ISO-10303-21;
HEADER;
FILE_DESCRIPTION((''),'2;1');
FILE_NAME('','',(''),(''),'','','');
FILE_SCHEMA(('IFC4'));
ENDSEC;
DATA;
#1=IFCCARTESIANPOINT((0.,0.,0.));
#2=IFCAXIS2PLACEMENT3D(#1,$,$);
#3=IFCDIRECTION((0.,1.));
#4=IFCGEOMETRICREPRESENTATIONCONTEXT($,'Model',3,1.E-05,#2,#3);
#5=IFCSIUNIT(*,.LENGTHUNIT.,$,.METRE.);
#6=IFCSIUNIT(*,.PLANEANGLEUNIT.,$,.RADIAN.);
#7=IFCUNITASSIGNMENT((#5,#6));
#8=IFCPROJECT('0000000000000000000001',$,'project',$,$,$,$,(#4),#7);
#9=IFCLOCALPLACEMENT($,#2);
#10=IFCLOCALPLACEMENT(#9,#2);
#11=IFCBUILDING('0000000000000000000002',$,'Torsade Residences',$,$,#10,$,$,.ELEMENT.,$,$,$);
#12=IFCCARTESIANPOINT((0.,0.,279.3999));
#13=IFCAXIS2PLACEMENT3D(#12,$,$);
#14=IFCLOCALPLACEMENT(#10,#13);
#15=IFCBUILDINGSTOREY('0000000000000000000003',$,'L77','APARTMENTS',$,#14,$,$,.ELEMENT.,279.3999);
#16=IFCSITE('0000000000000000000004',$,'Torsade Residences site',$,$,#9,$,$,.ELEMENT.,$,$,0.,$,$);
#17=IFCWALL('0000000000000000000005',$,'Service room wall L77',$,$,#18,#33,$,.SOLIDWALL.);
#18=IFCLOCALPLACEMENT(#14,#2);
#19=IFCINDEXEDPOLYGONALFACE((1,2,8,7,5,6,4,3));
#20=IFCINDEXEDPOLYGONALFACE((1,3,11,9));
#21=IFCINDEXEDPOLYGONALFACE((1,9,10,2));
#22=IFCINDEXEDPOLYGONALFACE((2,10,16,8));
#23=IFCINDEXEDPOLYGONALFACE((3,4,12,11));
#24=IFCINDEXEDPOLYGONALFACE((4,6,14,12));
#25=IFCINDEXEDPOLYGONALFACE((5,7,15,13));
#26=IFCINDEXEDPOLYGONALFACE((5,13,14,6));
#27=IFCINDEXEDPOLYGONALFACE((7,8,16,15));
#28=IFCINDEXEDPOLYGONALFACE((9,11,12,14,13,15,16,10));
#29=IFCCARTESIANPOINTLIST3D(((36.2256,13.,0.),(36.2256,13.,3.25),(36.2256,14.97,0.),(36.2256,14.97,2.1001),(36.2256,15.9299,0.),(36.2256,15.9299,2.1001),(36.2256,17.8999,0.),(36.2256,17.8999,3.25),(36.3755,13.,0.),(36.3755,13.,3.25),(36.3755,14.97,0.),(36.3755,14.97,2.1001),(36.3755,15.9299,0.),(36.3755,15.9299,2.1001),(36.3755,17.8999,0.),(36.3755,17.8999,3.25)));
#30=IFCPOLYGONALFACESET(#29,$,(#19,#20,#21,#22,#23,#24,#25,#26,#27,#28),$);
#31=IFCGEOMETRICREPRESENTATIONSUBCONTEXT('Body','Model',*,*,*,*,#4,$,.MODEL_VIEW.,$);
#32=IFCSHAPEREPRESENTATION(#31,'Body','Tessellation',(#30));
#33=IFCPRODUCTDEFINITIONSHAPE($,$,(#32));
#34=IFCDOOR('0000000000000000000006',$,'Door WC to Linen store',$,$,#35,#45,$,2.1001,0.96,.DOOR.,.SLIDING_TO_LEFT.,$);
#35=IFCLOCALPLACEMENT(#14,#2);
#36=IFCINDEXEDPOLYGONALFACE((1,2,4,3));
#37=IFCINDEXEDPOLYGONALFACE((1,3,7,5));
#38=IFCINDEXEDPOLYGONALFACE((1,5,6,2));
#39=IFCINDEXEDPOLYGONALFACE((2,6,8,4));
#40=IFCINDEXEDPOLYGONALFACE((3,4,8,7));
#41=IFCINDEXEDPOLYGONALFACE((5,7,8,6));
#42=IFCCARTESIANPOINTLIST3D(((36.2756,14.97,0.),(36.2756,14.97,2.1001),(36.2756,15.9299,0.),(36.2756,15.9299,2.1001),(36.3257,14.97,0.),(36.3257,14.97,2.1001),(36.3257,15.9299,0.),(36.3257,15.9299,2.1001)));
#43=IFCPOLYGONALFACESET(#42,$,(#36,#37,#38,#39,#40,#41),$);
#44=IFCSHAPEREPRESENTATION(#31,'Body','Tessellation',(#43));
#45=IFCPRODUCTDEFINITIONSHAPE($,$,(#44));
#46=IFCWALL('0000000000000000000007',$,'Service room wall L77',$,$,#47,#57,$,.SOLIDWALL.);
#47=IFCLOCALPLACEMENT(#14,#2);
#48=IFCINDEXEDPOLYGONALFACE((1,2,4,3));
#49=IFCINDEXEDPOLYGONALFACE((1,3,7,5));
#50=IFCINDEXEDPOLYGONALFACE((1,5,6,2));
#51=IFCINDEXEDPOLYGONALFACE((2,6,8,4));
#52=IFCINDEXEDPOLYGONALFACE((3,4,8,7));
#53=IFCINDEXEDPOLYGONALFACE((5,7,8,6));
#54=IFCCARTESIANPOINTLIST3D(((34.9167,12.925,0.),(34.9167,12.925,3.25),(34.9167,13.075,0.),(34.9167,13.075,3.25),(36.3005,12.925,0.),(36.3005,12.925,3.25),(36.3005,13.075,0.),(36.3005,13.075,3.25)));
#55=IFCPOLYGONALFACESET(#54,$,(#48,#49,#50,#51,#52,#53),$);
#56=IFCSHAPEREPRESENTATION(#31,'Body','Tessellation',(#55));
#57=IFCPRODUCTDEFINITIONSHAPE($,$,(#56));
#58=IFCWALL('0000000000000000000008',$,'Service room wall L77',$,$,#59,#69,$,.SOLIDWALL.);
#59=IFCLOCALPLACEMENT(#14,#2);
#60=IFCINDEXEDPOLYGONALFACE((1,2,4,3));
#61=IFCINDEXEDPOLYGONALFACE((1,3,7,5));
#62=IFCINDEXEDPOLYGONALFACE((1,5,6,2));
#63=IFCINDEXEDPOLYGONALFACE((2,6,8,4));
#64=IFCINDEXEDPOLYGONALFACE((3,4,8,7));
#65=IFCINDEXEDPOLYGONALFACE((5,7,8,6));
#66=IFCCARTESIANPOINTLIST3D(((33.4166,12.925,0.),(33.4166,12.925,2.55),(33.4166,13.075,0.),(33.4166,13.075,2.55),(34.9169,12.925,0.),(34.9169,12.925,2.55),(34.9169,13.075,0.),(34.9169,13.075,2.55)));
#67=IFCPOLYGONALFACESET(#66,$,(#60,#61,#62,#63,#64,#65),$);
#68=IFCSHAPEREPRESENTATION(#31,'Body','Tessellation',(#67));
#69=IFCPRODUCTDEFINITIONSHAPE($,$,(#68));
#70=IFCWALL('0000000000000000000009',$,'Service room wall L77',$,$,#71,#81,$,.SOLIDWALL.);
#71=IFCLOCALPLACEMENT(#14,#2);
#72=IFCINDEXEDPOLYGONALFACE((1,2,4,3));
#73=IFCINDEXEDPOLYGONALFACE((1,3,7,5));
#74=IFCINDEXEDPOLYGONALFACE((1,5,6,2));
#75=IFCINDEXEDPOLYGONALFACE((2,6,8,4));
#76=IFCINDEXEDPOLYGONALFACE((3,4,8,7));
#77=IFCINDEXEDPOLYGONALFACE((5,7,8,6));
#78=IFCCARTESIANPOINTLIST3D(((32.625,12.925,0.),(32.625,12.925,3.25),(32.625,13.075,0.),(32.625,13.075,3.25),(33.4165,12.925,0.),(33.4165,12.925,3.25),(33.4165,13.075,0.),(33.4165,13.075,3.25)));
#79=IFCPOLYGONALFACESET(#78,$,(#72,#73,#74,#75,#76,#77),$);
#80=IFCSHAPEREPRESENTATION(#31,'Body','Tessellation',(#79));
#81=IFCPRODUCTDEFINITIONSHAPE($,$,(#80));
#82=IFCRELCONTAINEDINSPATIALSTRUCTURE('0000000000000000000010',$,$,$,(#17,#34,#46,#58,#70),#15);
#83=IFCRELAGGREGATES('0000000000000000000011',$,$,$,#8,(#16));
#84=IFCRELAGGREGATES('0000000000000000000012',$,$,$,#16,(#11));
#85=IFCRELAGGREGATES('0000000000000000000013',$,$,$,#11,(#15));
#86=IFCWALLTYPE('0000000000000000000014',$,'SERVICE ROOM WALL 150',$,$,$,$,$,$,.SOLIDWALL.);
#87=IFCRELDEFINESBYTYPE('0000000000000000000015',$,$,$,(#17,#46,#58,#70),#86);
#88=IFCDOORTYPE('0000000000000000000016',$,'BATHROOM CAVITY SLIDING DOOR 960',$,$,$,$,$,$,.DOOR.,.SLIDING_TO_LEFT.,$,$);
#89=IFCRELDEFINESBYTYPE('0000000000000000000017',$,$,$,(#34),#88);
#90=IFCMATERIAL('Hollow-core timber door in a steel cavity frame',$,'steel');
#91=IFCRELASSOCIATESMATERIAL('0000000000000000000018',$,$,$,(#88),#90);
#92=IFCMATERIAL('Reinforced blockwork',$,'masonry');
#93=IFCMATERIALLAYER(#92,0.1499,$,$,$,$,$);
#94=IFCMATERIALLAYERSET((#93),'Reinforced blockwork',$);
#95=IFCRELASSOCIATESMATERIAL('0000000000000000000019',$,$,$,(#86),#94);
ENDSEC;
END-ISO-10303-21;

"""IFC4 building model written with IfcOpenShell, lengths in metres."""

from ifc_helpers import new_model, si_unit, direction, frame, frame_2d, origin, place, context, subcontext, project, spatial, rectangle, extrude, material, layer, layer_set, type_object, element, fill, save


model = new_model("IFC4")

# Units and contexts
model_context = context("Model", 3, precision=1e-05, world=origin(), true_north=direction((0.0, 1.0)))
body_context = subcontext(model_context, "Body", "Model", "MODEL_VIEW")
ifc_project = project(units=[si_unit("LENGTHUNIT", "METRE"), si_unit("PLANEANGLEUNIT", "RADIAN")], contexts=[model_context])

# Site, building, storey
site_placement = place(None, origin())
site = spatial("IfcSite", under=ifc_project, at=site_placement, Name="Torsade Residences site", CompositionType="ELEMENT", RefElevation=0.0)
building_placement = place(site_placement, origin())
building = spatial("IfcBuilding", under=site, at=building_placement, Name="Torsade Residences", CompositionType="ELEMENT")
storey_placement = place(building_placement, frame((0.0, 0.0, 279.3999)))
storey = spatial("IfcBuildingStorey", under=building, at=storey_placement, Name="L77", Description="APARTMENTS", CompositionType="ELEMENT", Elevation=279.3999)

# Shared definitions
ifc_material_1 = material(Name="Hollow-core timber door in a steel cavity frame", Category="steel")
door_type = type_object("IfcDoorType", Name="BATHROOM CAVITY SLIDING DOOR 960", OperationType="SLIDING_TO_LEFT", PredefinedType="DOOR", material=ifc_material_1)

# Shared definitions
ifc_material_2 = material(Name="Reinforced blockwork", Category="masonry")
ifc_layer_1 = layer(ifc_material_2, 0.1499)
ifc_layer_set_1 = layer_set([ifc_layer_1], Name="Reinforced blockwork")
wall_type_1 = type_object("IfcWallType", Name="SERVICE ROOM WALL 150", PredefinedType="SOLIDWALL", material=ifc_layer_set_1)

# Wall, opening, door
wall_1_placement = place(storey_placement, frame((36.3005, 13.0, 0.0), z_axis=(0.0, 0.0, 1.0), x_axis=(0.0, 1.0, 0.0)))
wall_1 = element("IfcWall", 1, at=wall_1_placement, inside=storey, type_object=wall_type_1, Name="Service room wall L77", PredefinedType="SOLIDWALL", context=body_context, shape_type="SweptSolid", body=[
    extrude(rectangle(XDim=4.8999, YDim=0.1499, at=frame_2d((2.45, 0.0))), origin(), (0.0, 0.0, 1.0), 3.25),
])
opening_1_placement = place(wall_1_placement, frame((1.97, 0.0, 0.0)))
opening_1 = element("IfcOpeningElement", 2, at=opening_1_placement, cuts=wall_1, PredefinedType="OPENING", context=body_context, shape_type="SweptSolid", body=[
    extrude(rectangle(XDim=0.96, YDim=2.1001, at=frame_2d((0.48, 1.05))), frame((0.0, 0.085, 0.0), z_axis=(0.0, -1.0, 0.0), x_axis=(1.0, 0.0, 0.0)), (0.0, 0.0, 1.0), 0.1699),
])
door_1_placement = place(opening_1_placement, origin())
door_1 = element("IfcDoor", 3, at=door_1_placement, inside=storey, type_object=door_type, Name="Door WC to Linen store", OperationType="SLIDING_TO_LEFT", OverallHeight=2.1001, OverallWidth=0.96, PredefinedType="DOOR", context=body_context, shape_type="SweptSolid", body=[
    extrude(rectangle(XDim=0.96, YDim=2.1001, at=frame_2d((0.48, 1.05))), frame((0.0, 0.0249, 0.0), z_axis=(0.0, -1.0, 0.0), x_axis=(1.0, 0.0, 0.0)), (0.0, 0.0, 1.0), 0.05),
])
fill(opening_1, door_1)

# Walls
wall_2_placement = place(storey_placement, frame((36.3005, 13.0, 0.0), z_axis=(0.0, 0.0, 1.0), x_axis=(-1.0, 0.0, 0.0)))
element("IfcWall", 4, at=wall_2_placement, inside=storey, type_object=wall_type_1, Name="Service room wall L77", PredefinedType="SOLIDWALL", context=body_context, shape_type="SweptSolid", body=[
    extrude(rectangle(XDim=1.3838, YDim=0.1499, at=frame_2d((0.6919, 0.0))), origin(), (0.0, 0.0, 1.0), 3.25),
])
wall_3_placement = place(storey_placement, frame((34.9167, 13.0, 0.0), z_axis=(0.0, 0.0, 1.0), x_axis=(-1.0, 0.0, 0.0)))
element("IfcWall", 5, at=wall_3_placement, inside=storey, type_object=wall_type_1, Name="Service room wall L77", PredefinedType="SOLIDWALL", context=body_context, shape_type="SweptSolid", body=[
    extrude(rectangle(XDim=1.5002, YDim=0.1499, at=frame_2d((0.75, 0.0))), origin(), (0.0, 0.0, 1.0), 2.55),
])
wall_4_placement = place(storey_placement, frame((33.4165, 13.0, 0.0), z_axis=(0.0, 0.0, 1.0), x_axis=(-1.0, 0.0, 0.0)))
element("IfcWall", 6, at=wall_4_placement, inside=storey, type_object=wall_type_1, Name="Service room wall L77", PredefinedType="SOLIDWALL", context=body_context, shape_type="SweptSolid", body=[
    extrude(rectangle(XDim=0.7915, YDim=0.1499, at=frame_2d((0.3958, 0.0))), origin(), (0.0, 0.0, 1.0), 3.25),
])

save(model, "model.ifc")
